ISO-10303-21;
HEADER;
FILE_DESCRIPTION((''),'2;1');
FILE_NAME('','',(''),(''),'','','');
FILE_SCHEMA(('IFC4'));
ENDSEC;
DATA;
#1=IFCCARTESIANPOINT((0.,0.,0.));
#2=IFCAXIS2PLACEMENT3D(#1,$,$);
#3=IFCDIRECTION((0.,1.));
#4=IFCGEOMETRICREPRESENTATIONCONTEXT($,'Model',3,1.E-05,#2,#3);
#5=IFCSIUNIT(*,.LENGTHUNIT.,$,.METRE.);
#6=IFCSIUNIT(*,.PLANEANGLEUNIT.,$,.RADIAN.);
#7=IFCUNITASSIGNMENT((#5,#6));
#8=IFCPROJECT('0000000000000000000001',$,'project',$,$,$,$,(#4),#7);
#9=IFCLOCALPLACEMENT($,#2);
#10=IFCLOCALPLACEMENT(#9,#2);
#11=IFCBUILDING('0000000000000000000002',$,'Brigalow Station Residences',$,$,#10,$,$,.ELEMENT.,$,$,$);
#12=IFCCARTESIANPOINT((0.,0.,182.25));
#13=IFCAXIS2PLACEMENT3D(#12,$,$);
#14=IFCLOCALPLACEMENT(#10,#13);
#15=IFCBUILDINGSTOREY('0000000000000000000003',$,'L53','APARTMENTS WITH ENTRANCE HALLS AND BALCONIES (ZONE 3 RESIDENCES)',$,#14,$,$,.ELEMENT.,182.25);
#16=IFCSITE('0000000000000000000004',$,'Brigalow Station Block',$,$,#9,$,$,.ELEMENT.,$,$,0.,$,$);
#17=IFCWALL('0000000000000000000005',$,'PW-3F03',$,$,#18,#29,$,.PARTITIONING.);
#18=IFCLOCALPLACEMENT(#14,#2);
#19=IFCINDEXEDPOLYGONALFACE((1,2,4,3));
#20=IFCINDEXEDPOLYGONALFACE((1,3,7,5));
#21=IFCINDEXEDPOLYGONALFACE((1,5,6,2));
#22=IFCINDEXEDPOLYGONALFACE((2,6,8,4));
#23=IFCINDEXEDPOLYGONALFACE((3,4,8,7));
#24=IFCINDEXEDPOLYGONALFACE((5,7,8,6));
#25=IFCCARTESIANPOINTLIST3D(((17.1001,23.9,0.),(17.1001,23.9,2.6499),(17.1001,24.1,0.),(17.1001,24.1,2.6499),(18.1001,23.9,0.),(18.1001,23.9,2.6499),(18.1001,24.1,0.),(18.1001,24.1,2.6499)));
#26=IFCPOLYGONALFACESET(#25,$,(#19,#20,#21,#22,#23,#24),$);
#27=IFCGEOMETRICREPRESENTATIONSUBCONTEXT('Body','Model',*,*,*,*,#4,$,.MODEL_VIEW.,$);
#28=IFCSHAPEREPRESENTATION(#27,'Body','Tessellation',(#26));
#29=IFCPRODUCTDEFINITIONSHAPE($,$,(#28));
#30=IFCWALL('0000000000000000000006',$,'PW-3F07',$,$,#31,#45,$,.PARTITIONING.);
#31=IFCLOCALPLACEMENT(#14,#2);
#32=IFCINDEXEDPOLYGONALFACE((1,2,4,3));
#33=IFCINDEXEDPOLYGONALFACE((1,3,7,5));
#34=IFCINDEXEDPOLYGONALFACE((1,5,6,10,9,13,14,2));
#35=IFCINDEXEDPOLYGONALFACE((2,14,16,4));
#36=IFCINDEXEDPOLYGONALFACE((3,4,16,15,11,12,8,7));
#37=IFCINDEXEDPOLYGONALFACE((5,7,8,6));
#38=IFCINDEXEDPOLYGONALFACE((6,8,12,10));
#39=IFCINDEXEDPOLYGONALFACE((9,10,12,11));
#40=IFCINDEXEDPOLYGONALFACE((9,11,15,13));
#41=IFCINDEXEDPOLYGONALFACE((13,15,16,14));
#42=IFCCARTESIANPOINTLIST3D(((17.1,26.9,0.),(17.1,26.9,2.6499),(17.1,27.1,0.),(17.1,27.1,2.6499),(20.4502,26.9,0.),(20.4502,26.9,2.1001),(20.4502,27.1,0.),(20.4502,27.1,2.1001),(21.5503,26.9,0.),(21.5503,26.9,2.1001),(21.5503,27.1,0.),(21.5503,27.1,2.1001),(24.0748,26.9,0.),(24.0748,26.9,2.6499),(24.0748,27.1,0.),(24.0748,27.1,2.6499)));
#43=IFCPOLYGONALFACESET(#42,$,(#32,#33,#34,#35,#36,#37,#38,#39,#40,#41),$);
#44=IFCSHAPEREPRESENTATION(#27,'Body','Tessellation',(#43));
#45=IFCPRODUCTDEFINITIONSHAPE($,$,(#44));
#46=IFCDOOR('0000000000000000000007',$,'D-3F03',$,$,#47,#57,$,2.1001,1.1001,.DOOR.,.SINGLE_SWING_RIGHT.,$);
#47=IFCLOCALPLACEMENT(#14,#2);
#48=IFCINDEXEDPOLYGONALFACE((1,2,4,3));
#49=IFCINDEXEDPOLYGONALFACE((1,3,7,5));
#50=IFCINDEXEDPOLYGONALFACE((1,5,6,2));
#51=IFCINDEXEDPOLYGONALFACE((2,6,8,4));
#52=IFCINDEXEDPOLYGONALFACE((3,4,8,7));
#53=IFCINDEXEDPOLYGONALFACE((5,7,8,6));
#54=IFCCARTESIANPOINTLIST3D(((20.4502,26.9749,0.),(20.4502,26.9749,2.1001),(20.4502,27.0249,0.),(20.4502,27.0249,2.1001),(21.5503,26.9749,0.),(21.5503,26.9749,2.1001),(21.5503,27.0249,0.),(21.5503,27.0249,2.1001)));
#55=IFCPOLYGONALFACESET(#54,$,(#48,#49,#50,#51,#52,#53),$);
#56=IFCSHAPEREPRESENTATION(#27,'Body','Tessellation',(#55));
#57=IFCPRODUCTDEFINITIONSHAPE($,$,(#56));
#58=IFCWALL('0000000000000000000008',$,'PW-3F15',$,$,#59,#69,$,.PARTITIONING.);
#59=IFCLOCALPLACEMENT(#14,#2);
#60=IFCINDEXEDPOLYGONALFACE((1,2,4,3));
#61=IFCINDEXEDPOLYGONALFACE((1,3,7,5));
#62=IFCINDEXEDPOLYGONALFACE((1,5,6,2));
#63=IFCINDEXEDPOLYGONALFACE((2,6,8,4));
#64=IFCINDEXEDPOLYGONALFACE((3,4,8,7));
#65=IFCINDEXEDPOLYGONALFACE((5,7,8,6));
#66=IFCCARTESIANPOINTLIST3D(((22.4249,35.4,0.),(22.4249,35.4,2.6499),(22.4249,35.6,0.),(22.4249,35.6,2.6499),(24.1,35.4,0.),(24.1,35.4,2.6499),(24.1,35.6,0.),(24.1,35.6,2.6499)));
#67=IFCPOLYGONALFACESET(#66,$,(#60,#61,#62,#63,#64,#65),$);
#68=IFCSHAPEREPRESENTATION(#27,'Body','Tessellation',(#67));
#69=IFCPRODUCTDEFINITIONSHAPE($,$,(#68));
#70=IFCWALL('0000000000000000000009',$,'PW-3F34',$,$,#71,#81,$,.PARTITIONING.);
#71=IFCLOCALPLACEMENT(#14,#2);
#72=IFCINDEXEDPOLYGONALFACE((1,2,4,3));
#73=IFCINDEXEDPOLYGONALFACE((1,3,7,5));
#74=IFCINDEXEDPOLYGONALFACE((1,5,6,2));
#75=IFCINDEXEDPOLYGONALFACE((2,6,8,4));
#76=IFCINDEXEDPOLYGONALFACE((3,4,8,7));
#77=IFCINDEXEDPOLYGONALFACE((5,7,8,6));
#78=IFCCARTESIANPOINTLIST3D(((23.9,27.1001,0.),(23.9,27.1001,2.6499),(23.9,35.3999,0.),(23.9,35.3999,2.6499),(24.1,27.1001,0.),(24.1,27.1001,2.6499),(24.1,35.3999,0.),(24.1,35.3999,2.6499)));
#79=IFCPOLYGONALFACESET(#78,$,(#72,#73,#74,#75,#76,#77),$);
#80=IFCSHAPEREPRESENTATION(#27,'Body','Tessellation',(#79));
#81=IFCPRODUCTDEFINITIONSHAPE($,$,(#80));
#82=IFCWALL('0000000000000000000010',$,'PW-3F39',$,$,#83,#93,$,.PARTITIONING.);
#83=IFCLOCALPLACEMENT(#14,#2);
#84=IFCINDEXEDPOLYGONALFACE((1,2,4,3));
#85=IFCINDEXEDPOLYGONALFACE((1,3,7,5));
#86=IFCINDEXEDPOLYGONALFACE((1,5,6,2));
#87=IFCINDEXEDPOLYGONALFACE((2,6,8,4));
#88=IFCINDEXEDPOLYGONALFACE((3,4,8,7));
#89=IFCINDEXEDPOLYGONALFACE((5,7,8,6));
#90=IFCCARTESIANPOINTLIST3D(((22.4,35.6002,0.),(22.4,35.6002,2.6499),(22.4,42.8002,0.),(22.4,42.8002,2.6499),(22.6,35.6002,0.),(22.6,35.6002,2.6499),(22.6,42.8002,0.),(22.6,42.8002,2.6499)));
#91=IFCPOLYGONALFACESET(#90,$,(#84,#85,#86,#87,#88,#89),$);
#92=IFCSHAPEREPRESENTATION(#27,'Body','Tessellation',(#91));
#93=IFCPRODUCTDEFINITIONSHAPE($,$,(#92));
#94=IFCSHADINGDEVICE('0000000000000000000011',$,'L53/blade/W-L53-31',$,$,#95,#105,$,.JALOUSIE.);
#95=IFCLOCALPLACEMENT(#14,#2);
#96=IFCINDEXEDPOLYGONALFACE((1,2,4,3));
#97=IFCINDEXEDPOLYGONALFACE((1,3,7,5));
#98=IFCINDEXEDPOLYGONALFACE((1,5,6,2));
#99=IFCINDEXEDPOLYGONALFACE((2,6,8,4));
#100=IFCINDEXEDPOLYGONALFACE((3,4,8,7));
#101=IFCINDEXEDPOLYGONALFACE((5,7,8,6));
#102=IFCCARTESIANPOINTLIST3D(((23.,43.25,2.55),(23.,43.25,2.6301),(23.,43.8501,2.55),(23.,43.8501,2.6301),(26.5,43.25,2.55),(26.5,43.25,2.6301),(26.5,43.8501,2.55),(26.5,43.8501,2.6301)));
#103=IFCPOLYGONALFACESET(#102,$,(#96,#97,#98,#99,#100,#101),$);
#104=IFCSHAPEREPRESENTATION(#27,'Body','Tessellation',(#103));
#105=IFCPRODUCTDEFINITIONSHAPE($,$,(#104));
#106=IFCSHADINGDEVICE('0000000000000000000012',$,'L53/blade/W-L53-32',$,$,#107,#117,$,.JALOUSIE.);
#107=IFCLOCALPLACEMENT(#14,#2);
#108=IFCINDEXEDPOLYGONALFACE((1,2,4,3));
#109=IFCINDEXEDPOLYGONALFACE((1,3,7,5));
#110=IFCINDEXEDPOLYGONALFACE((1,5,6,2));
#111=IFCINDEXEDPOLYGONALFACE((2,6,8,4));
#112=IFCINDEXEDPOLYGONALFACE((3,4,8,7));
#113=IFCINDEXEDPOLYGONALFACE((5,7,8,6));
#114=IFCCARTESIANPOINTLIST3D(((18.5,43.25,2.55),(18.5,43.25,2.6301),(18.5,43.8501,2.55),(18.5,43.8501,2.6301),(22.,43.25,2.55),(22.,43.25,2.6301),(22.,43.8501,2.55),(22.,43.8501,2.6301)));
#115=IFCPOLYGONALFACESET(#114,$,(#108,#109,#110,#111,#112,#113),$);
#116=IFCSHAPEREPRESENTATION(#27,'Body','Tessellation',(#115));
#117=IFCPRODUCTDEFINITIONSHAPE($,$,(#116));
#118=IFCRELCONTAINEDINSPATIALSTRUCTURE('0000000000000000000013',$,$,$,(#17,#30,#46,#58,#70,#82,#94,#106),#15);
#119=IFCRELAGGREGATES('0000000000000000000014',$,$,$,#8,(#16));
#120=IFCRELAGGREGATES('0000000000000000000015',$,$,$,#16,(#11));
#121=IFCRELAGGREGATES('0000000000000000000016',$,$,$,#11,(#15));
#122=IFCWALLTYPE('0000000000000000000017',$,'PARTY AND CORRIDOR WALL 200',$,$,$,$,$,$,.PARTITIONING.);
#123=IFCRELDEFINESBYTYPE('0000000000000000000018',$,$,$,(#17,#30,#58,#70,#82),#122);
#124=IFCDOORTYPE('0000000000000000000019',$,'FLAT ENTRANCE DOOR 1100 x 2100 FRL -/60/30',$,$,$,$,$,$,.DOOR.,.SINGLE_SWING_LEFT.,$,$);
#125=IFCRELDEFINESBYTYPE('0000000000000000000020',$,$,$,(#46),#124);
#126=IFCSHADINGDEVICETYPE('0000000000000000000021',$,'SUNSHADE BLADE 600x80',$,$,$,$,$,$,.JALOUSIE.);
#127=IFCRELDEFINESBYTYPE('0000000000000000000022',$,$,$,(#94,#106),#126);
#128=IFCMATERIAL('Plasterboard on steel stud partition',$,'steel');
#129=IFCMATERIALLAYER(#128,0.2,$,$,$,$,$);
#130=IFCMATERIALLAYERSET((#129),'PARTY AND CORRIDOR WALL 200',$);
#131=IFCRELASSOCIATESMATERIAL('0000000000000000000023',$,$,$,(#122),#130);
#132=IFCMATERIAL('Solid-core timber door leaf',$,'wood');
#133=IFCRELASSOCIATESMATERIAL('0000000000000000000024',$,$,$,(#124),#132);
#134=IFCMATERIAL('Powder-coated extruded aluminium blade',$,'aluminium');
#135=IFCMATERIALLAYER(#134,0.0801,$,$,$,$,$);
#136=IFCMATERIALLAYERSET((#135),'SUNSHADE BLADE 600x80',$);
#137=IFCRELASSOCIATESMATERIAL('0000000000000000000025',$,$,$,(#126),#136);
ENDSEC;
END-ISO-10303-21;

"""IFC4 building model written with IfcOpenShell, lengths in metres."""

from ifc_helpers import new_model, si_unit, direction, frame, frame_2d, origin, origin_2d, place, context, subcontext, project, spatial, rectangle, extrude, material, layer, layer_set, type_object, element, fill, save


model = new_model("IFC4")

# Units and contexts
model_context = context("Model", 3, precision=1e-05, world=origin(), true_north=direction((0.0, 1.0)))
body_context = subcontext(model_context, "Body", "Model", "MODEL_VIEW")
ifc_project = project(units=[si_unit("LENGTHUNIT", "METRE"), si_unit("PLANEANGLEUNIT", "RADIAN")], contexts=[model_context])

# Site, building, storey
site_placement = place(None, origin())
site = spatial("IfcSite", under=ifc_project, at=site_placement, Name="Brigalow Station Block", CompositionType="ELEMENT", RefElevation=0.0)
building_placement = place(site_placement, origin())
building = spatial("IfcBuilding", under=site, at=building_placement, Name="Brigalow Station Residences", CompositionType="ELEMENT")
storey_placement = place(building_placement, frame((0.0, 0.0, 182.25)))
storey = spatial("IfcBuildingStorey", under=building, at=storey_placement, Name="L53", Description="APARTMENTS WITH ENTRANCE HALLS AND BALCONIES (ZONE 3 RESIDENCES)", CompositionType="ELEMENT", Elevation=182.25)

# Wall
ifc_material_1 = material(Name="Plasterboard on steel stud partition", Category="steel")
ifc_layer_1 = layer(ifc_material_1, 0.2)
ifc_layer_set_1 = layer_set([ifc_layer_1], Name="PARTY AND CORRIDOR WALL 200")
wall_type_1 = type_object("IfcWallType", Name="PARTY AND CORRIDOR WALL 200", PredefinedType="PARTITIONING", material=ifc_layer_set_1)
wall_1_placement = place(storey_placement, frame((17.1001, 24.0, 0.0), z_axis=(0.0, 0.0, 1.0), x_axis=(1.0, 0.0, 0.0)))
element("IfcWall", 1, at=wall_1_placement, inside=storey, type_object=wall_type_1, Name="PW-3F03", PredefinedType="PARTITIONING", context=body_context, shape_type="SweptSolid", body=[
    extrude(rectangle(XDim=1.0, YDim=0.2, at=frame_2d((0.5, 0.0))), origin(), (0.0, 0.0, 1.0), 2.6499),
])

# Wall, opening, door
wall_2_placement = place(storey_placement, frame((17.1001, 27.0, 0.0), z_axis=(0.0, 0.0, 1.0), x_axis=(1.0, 0.0, 0.0)))
wall_2 = element("IfcWall", 2, at=wall_2_placement, inside=storey, type_object=wall_type_1, Name="PW-3F07", PredefinedType="PARTITIONING", context=body_context, shape_type="SweptSolid", body=[
    extrude(rectangle(XDim=6.9749, YDim=0.2, at=frame_2d((3.4873, 0.0))), origin(), (0.0, 0.0, 1.0), 2.6499),
])
opening_1_placement = place(wall_2_placement, frame((3.3501, 0.0, 0.0)))
opening_1 = element("IfcOpeningElement", 3, at=opening_1_placement, cuts=wall_2, PredefinedType="OPENING", context=body_context, shape_type="SweptSolid", body=[
    extrude(rectangle(XDim=1.1001, YDim=2.1001, at=frame_2d((0.55, 1.05))), frame((0.0, 0.1099, 0.0), z_axis=(0.0, -1.0, 0.0), x_axis=(1.0, 0.0, 0.0)), (0.0, 0.0, 1.0), 0.22),
])
ifc_material_2 = material(Name="Solid-core timber door leaf", Category="wood")
door_type_1 = type_object("IfcDoorType", Name="FLAT ENTRANCE DOOR 1100 x 2100 FRL -/60/30", OperationType="SINGLE_SWING_LEFT", PredefinedType="DOOR", material=ifc_material_2)
door_1_placement = place(opening_1_placement, origin())
door_1 = element("IfcDoor", 4, at=door_1_placement, inside=storey, type_object=door_type_1, Name="D-3F03", OperationType="SINGLE_SWING_RIGHT", OverallHeight=2.1001, OverallWidth=1.1001, PredefinedType="DOOR", context=body_context, shape_type="SweptSolid", body=[
    extrude(rectangle(XDim=1.1001, YDim=2.1001, at=frame_2d((0.55, 1.05))), frame((0.0, 0.0249, 0.0), z_axis=(0.0, -1.0, 0.0), x_axis=(1.0, 0.0, 0.0)), (0.0, 0.0, 1.0), 0.05),
])
fill(opening_1, door_1)

# Walls
wall_3_placement = place(storey_placement, frame((22.425, 35.5, 0.0), z_axis=(0.0, 0.0, 1.0), x_axis=(1.0, 0.0, 0.0)))
element("IfcWall", 5, at=wall_3_placement, inside=storey, type_object=wall_type_1, Name="PW-3F15", PredefinedType="PARTITIONING", context=body_context, shape_type="SweptSolid", body=[
    extrude(rectangle(XDim=1.675, YDim=0.2, at=frame_2d((0.8374, 0.0))), origin(), (0.0, 0.0, 1.0), 2.6499),
])
wall_4_placement = place(storey_placement, frame((24.0, 27.1001, 0.0), z_axis=(0.0, 0.0, 1.0), x_axis=(0.0, 1.0, 0.0)))
element("IfcWall", 6, at=wall_4_placement, inside=storey, type_object=wall_type_1, Name="PW-3F34", PredefinedType="PARTITIONING", context=body_context, shape_type="SweptSolid", body=[
    extrude(rectangle(XDim=8.2998, YDim=0.2, at=frame_2d((4.1499, 0.0))), origin(), (0.0, 0.0, 1.0), 2.6499),
])
wall_5_placement = place(storey_placement, frame((22.5, 35.6001, 0.0), z_axis=(0.0, 0.0, 1.0), x_axis=(0.0, 1.0, 0.0)))
element("IfcWall", 7, at=wall_5_placement, inside=storey, type_object=wall_type_1, Name="PW-3F39", PredefinedType="PARTITIONING", context=body_context, shape_type="SweptSolid", body=[
    extrude(rectangle(XDim=7.2, YDim=0.2, at=frame_2d((3.6001, 0.0))), origin(), (0.0, 0.0, 1.0), 2.6499),
])

# Shading devices
ifc_material_3 = material(Name="Powder-coated extruded aluminium blade", Category="aluminium")
ifc_layer_2 = layer(ifc_material_3, 0.0801)
ifc_layer_set_2 = layer_set([ifc_layer_2], Name="SUNSHADE BLADE 600x80")
shading_device_type = type_object("IfcShadingDeviceType", Name="SUNSHADE BLADE 600x80", PredefinedType="JALOUSIE", material=ifc_layer_set_2)
for number, where, z_axis, x_axis, name in (
    (8, (24.75, 43.55, 2.55), (0.0, 0.0, 1.0), (-1.0, 0.0, 0.0), "L53/blade/W-L53-31"),
    (9, (20.25, 43.55, 2.55), (0.0, 0.0, 1.0), (-1.0, 0.0, 0.0), "L53/blade/W-L53-32"),
):
    element("IfcShadingDevice", number, at=place(storey_placement, frame(where, z_axis=z_axis, x_axis=x_axis)), inside=storey, type_object=shading_device_type, Name=name, PredefinedType="JALOUSIE", context=body_context, shape_type="SweptSolid", body=[
        extrude(rectangle(XDim=3.5, YDim=0.6001, at=origin_2d()), origin(), (0.0, 0.0, 1.0), 0.0801),
    ])

save(model, "model.ifc")
